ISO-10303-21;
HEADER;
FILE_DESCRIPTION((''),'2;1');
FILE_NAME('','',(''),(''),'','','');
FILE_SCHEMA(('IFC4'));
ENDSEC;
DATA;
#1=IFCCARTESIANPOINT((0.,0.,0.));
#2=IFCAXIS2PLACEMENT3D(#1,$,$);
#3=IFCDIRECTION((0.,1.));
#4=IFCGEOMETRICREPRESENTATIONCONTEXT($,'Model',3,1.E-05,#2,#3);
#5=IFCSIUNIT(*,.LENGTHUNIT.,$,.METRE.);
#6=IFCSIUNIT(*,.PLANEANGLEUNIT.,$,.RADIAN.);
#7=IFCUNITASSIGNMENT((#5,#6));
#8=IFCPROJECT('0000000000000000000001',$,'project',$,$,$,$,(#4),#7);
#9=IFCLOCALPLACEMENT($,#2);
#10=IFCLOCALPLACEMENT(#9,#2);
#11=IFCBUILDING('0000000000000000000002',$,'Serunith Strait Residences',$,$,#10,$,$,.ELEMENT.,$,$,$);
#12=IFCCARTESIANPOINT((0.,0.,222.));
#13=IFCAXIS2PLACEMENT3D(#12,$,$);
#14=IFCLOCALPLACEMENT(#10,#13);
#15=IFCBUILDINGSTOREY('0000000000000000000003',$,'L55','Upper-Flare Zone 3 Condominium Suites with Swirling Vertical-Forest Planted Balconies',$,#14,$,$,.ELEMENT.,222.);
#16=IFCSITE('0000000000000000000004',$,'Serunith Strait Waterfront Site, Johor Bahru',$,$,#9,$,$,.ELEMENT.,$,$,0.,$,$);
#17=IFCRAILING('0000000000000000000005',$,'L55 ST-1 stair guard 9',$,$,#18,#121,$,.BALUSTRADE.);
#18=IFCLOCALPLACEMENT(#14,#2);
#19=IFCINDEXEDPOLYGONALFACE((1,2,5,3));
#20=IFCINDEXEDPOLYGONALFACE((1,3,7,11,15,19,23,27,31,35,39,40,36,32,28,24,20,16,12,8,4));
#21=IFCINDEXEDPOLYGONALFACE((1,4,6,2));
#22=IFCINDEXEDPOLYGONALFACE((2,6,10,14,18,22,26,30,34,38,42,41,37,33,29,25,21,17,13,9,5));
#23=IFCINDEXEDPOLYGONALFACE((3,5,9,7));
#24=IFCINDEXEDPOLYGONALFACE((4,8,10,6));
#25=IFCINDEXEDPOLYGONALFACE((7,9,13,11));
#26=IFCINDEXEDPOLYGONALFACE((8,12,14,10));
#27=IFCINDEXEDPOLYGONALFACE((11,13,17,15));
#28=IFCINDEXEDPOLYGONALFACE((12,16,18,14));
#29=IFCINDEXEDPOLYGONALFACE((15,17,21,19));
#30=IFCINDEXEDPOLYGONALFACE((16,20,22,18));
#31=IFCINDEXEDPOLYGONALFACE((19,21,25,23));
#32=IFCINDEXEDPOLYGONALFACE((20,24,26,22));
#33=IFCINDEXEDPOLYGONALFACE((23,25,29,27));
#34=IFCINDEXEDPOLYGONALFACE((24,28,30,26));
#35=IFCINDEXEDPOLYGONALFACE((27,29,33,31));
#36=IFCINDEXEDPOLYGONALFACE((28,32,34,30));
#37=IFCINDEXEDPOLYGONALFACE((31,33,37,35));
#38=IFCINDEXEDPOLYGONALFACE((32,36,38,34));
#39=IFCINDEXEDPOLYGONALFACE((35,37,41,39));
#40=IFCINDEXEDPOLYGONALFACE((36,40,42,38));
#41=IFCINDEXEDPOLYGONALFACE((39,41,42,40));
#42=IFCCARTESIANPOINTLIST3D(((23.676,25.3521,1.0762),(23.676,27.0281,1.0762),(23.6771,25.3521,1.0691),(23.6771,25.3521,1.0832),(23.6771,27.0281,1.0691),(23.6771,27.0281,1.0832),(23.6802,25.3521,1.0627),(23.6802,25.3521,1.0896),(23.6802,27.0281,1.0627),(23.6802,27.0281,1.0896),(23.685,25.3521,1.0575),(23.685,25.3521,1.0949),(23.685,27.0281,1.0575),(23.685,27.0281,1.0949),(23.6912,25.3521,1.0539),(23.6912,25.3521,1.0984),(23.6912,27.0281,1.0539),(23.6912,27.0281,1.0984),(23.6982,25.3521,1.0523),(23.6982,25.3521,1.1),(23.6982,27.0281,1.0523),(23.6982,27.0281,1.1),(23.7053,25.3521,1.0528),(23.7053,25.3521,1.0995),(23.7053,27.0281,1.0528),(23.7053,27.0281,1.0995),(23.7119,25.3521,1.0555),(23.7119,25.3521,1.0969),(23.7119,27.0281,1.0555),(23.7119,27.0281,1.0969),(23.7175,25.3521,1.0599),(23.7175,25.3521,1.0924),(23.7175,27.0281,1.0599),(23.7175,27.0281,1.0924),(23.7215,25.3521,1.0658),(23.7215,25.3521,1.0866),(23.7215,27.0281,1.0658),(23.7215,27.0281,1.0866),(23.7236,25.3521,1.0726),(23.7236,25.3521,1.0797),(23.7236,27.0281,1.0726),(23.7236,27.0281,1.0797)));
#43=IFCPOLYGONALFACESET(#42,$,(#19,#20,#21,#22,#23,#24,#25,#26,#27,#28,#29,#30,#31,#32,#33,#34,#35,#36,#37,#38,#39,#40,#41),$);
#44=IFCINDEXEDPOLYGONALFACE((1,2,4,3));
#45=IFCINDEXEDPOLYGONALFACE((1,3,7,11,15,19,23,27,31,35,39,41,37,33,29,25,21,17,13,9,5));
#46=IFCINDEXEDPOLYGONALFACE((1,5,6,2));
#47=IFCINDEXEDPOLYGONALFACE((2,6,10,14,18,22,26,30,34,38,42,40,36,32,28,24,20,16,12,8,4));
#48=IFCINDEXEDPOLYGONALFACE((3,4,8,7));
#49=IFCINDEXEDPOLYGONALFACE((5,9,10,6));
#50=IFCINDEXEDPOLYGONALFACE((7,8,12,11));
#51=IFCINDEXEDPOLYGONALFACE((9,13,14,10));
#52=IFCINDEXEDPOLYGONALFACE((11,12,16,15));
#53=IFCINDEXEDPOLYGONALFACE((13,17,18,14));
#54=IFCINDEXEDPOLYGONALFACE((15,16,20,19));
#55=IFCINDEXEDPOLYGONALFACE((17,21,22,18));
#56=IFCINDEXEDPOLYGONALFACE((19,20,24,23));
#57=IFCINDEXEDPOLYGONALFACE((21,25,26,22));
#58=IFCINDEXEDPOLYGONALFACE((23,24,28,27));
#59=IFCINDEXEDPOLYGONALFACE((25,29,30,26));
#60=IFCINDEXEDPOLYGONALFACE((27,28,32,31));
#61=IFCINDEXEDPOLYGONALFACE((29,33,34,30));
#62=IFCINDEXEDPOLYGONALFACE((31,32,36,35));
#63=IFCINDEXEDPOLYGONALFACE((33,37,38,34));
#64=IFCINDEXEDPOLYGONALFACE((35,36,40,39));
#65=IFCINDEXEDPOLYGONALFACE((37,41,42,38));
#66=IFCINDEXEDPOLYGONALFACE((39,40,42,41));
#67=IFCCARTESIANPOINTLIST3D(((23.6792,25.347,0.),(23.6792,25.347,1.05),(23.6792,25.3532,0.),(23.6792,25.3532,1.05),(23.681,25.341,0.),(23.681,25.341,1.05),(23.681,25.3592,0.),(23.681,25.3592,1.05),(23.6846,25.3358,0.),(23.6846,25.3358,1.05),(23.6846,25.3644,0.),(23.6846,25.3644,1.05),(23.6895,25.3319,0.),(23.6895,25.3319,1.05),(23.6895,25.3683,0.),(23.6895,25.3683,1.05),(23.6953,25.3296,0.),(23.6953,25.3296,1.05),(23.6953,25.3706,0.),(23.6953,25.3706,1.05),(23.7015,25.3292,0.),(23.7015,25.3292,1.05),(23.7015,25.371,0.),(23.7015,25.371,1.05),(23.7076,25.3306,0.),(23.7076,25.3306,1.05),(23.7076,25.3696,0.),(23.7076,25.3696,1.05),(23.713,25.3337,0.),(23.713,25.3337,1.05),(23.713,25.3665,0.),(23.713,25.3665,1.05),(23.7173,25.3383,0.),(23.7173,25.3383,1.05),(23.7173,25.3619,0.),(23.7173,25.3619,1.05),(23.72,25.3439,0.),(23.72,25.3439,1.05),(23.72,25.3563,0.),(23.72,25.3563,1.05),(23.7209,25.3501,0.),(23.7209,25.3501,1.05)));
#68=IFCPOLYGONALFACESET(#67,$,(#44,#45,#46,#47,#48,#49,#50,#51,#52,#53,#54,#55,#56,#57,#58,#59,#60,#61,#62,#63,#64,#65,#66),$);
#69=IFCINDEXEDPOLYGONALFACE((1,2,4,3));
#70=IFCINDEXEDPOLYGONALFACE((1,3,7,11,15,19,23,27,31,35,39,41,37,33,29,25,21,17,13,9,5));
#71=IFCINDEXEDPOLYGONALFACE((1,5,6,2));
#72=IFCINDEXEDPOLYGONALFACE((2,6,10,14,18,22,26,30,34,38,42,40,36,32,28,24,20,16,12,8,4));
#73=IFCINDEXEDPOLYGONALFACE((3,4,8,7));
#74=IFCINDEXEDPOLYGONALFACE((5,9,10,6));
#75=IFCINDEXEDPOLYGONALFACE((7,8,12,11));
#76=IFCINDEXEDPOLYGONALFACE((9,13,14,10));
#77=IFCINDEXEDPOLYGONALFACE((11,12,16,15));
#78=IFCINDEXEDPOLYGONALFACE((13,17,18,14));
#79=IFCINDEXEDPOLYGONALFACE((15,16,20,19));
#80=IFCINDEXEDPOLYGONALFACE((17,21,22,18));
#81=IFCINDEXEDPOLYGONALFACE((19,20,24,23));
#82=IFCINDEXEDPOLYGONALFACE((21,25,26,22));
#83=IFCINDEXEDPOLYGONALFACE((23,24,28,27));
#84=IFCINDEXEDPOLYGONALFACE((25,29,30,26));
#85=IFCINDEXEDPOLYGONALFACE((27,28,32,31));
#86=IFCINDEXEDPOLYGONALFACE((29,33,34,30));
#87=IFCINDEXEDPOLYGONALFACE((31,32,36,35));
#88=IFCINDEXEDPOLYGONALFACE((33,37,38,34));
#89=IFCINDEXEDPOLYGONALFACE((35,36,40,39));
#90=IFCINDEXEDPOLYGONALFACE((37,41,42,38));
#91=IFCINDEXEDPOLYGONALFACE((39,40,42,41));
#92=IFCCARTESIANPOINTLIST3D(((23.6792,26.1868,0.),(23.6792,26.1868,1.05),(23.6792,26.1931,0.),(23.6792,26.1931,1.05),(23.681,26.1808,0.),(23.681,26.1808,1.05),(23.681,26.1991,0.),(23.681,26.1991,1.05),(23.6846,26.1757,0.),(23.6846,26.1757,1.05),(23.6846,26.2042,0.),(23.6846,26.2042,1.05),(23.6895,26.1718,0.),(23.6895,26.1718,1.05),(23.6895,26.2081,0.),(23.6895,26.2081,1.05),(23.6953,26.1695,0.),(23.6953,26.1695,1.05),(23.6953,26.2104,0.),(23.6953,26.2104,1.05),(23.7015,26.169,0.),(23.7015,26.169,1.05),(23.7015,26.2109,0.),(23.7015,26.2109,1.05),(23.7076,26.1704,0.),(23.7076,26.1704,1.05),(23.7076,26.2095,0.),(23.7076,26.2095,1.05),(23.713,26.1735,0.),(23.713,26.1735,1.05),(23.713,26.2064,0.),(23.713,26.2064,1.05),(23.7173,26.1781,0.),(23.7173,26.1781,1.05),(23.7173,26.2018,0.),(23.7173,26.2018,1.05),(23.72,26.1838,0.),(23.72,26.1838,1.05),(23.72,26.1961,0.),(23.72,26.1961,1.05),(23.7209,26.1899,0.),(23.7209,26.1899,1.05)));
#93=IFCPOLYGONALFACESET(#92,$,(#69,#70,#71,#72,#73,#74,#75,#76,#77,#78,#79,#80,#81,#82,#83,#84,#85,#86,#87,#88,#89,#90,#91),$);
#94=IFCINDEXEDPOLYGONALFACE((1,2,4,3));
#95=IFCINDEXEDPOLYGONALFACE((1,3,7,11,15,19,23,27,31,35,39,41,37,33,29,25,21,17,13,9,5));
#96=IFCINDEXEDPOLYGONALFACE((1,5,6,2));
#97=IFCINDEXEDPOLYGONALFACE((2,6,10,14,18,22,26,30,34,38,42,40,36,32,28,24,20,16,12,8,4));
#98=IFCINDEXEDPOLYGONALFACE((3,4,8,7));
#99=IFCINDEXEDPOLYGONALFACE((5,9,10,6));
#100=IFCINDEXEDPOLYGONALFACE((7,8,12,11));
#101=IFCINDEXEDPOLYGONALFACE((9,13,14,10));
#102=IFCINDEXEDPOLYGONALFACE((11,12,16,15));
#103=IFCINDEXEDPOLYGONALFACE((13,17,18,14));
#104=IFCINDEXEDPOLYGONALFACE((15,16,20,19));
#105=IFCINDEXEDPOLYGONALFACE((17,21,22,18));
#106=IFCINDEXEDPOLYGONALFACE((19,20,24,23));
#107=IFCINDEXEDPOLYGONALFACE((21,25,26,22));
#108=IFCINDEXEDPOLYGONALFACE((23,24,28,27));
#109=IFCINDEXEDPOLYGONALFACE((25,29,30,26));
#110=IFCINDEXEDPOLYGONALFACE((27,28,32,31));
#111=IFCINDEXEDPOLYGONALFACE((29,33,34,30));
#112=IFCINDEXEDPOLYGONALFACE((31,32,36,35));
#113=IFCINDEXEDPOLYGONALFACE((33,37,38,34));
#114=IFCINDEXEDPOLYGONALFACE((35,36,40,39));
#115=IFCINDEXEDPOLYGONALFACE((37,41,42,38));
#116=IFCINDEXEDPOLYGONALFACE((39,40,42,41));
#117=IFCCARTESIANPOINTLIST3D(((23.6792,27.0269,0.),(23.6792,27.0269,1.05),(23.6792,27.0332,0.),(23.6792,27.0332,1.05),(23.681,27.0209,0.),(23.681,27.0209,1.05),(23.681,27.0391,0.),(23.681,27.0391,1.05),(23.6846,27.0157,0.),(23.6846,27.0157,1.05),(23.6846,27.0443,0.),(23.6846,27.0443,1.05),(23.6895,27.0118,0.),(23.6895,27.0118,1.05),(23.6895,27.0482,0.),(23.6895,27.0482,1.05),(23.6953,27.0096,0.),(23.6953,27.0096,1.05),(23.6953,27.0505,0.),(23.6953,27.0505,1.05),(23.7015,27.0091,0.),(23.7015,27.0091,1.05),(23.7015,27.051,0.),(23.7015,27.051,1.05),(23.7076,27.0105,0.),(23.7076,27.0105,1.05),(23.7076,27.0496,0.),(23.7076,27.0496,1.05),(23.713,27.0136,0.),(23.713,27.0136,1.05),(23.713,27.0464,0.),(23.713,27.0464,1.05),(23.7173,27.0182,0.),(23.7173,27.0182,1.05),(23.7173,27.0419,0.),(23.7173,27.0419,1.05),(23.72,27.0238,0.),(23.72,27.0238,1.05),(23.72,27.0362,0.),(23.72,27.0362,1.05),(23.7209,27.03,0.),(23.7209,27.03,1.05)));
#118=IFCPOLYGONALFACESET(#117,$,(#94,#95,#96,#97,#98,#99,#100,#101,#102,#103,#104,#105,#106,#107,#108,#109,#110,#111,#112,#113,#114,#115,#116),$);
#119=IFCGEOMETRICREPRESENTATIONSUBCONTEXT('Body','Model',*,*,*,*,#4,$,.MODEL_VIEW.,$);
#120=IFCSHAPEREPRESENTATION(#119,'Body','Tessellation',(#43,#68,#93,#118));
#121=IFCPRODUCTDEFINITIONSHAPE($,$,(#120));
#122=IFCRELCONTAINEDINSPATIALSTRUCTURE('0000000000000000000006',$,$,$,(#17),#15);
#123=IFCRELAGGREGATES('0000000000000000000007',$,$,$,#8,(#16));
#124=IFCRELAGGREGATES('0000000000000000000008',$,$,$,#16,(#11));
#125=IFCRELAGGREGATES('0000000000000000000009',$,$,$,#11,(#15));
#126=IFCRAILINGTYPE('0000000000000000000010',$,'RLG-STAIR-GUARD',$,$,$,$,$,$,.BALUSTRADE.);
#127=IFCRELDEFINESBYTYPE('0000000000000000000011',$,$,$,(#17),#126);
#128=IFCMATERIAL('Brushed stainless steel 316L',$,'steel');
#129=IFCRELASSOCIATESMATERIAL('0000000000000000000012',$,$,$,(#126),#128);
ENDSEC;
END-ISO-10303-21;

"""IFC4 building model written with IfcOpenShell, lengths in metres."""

from ifc_helpers import new_model, si_unit, direction, frame, origin, origin_2d, place, context, subcontext, project, spatial, circle, extrude, material, type_object, element, save


model = new_model("IFC4")

# Units and contexts
model_context = context("Model", 3, precision=1e-05, world=origin(), true_north=direction((0.0, 1.0)))
body_context = subcontext(model_context, "Body", "Model", "MODEL_VIEW")
ifc_project = project(units=[si_unit("LENGTHUNIT", "METRE"), si_unit("PLANEANGLEUNIT", "RADIAN")], contexts=[model_context])

# Site, building, storey
site_placement = place(None, origin())
site = spatial("IfcSite", under=ifc_project, at=site_placement, Name="Serunith Strait Waterfront Site, Johor Bahru", CompositionType="ELEMENT", RefElevation=0.0)
building_placement = place(site_placement, origin())
building = spatial("IfcBuilding", under=site, at=building_placement, Name="Serunith Strait Residences", CompositionType="ELEMENT")
storey_placement = place(building_placement, frame((0.0, 0.0, 222.0)))
storey = spatial("IfcBuildingStorey", under=building, at=storey_placement, Name="L55", Description="Upper-Flare Zone 3 Condominium Suites with Swirling Vertical-Forest Planted Balconies", CompositionType="ELEMENT", Elevation=222.0)

# Railing
ifc_material_1 = material(Name="Brushed stainless steel 316L", Category="steel")
railing_type_1 = type_object("IfcRailingType", Name="RLG-STAIR-GUARD", PredefinedType="BALUSTRADE", material=ifc_material_1)
for number, where, name in (
    (1, (23.7, 25.3501, 0.0), "L55 ST-1 stair guard 9"),
):
    element("IfcRailing", number, at=place(storey_placement, frame(where)), inside=storey, type_object=railing_type_1, Name=name, PredefinedType="BALUSTRADE", context=body_context, shape_type="SweptSolid", body=[
        extrude(circle(Radius=0.0239, at=origin_2d()), frame((0.0, 0.002, 1.0762), z_axis=(0.0, 1.0, 0.0), x_axis=(-1.0, 0.0, 0.0)), (0.0, 0.0, 1.0), 1.676),
        extrude(circle(Radius=0.021, at=origin_2d()), origin(), (0.0, 0.0, 1.0), 1.05),
        extrude(circle(Radius=0.021, at=origin_2d()), frame((0.0, 0.8398, 0.0)), (0.0, 0.0, 1.0), 1.05),
        extrude(circle(Radius=0.021, at=origin_2d()), frame((0.0, 1.6799, 0.0)), (0.0, 0.0, 1.0), 1.05),
    ])

save(model, "model.ifc")
